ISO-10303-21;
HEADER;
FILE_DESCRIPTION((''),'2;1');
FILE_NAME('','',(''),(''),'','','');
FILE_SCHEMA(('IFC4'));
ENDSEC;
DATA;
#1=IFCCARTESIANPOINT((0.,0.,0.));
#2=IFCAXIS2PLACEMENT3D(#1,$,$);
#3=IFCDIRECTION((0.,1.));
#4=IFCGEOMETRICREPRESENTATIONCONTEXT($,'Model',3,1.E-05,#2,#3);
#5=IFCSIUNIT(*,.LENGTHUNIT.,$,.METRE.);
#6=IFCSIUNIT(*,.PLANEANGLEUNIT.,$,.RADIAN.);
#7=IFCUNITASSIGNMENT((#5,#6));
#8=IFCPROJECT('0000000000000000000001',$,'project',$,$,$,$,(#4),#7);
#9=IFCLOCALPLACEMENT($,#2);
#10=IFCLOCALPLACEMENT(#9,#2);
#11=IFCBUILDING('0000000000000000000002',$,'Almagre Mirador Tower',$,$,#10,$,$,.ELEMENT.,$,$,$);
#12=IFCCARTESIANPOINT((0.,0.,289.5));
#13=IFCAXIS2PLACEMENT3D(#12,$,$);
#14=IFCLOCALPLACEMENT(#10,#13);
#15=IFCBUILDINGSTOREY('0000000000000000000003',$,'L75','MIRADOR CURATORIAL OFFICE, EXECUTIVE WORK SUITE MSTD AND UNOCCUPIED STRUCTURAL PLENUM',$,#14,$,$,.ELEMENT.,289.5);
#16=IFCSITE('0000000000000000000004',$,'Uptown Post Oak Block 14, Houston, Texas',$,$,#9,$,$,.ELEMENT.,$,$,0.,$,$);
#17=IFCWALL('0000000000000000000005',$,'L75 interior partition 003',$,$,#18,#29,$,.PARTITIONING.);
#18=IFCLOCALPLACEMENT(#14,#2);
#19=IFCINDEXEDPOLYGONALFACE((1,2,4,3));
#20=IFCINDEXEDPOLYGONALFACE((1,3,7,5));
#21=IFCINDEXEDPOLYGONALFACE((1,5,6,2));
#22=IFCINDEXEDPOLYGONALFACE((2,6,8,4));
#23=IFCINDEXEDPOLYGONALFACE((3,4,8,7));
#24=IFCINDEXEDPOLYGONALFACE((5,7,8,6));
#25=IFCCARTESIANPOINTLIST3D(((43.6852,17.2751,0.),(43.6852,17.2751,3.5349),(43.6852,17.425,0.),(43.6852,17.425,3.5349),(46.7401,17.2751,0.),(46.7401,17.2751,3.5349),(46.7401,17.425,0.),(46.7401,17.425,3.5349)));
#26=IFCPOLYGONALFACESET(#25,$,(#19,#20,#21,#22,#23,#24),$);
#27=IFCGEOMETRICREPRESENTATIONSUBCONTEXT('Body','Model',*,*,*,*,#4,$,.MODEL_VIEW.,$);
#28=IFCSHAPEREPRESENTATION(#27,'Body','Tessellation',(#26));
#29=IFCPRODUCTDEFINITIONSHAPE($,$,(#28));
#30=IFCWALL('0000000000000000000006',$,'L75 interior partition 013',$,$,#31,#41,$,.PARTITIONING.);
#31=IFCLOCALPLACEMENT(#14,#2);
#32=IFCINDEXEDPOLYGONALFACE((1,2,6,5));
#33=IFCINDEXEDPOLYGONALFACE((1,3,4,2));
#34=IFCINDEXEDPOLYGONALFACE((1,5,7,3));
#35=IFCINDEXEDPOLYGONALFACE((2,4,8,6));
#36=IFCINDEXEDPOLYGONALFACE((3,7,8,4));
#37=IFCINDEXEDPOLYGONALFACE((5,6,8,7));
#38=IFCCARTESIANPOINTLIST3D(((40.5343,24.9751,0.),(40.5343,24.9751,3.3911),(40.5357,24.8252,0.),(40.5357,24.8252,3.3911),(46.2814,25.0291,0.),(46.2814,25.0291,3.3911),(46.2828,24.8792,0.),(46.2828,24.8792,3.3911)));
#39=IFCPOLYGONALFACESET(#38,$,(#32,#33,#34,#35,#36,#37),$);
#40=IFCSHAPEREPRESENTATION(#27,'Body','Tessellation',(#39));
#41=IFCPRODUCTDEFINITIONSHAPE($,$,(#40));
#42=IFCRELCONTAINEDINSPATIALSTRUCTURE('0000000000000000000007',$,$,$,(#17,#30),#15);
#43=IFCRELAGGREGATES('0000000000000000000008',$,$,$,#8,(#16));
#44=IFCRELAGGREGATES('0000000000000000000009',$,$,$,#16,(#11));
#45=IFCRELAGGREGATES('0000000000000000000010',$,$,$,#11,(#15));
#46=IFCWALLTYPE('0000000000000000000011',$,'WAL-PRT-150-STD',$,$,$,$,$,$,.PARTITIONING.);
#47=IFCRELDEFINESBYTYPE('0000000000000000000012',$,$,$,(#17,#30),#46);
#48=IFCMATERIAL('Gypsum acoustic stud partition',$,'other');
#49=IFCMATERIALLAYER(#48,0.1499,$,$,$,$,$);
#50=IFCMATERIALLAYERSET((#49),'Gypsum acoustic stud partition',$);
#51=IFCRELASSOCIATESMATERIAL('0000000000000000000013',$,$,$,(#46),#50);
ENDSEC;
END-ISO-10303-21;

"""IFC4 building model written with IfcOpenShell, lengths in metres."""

from ifc_helpers import new_model, si_unit, direction, frame, frame_2d, origin, place, context, subcontext, project, spatial, rectangle, extrude, material, layer, layer_set, type_object, element, save


model = new_model("IFC4")

# Units and contexts
model_context = context("Model", 3, precision=1e-05, world=origin(), true_north=direction((0.0, 1.0)))
body_context = subcontext(model_context, "Body", "Model", "MODEL_VIEW")
ifc_project = project(units=[si_unit("LENGTHUNIT", "METRE"), si_unit("PLANEANGLEUNIT", "RADIAN")], contexts=[model_context])

# Site, building, storey
site_placement = place(None, origin())
site = spatial("IfcSite", under=ifc_project, at=site_placement, Name="Uptown Post Oak Block 14, Houston, Texas", CompositionType="ELEMENT", RefElevation=0.0)
building_placement = place(site_placement, origin())
building = spatial("IfcBuilding", under=site, at=building_placement, Name="Almagre Mirador Tower", CompositionType="ELEMENT")
storey_placement = place(building_placement, frame((0.0, 0.0, 289.5)))
storey = spatial("IfcBuildingStorey", under=building, at=storey_placement, Name="L75", Description="MIRADOR CURATORIAL OFFICE, EXECUTIVE WORK SUITE MSTD AND UNOCCUPIED STRUCTURAL PLENUM", CompositionType="ELEMENT", Elevation=289.5)

# Walls
ifc_material_1 = material(Name="Gypsum acoustic stud partition", Category="other")
ifc_layer_1 = layer(ifc_material_1, 0.1499)
ifc_layer_set_1 = layer_set([ifc_layer_1], Name="Gypsum acoustic stud partition")
wall_type_1 = type_object("IfcWallType", Name="WAL-PRT-150-STD", PredefinedType="PARTITIONING", material=ifc_layer_set_1)
wall_1_placement = place(storey_placement, frame((46.74, 17.3501, 0.0), z_axis=(0.0, 0.0, 1.0), x_axis=(-1.0, 0.0, 0.0)))
element("IfcWall", 1, at=wall_1_placement, inside=storey, type_object=wall_type_1, Name="L75 interior partition 003", PredefinedType="PARTITIONING", context=body_context, shape_type="SweptSolid", body=[
    extrude(rectangle(XDim=3.0549, YDim=0.1499, at=frame_2d((1.5273, 0.0))), origin(), (0.0, 0.0, 1.0), 3.5349),
])
wall_2_placement = place(storey_placement, frame((46.282, 24.9541, 0.0), z_axis=(0.0, 0.0, 1.0), x_axis=(-0.999956, -0.009388, 0.0)))
element("IfcWall", 2, at=wall_2_placement, inside=storey, type_object=wall_type_1, Name="L75 interior partition 013", PredefinedType="PARTITIONING", context=body_context, shape_type="SweptSolid", body=[
    extrude(rectangle(XDim=5.7473, YDim=0.1499, at=frame_2d((2.8735, 0.0))), origin(), (0.0, 0.0, 1.0), 3.3911),
])

save(model, "model.ifc")
